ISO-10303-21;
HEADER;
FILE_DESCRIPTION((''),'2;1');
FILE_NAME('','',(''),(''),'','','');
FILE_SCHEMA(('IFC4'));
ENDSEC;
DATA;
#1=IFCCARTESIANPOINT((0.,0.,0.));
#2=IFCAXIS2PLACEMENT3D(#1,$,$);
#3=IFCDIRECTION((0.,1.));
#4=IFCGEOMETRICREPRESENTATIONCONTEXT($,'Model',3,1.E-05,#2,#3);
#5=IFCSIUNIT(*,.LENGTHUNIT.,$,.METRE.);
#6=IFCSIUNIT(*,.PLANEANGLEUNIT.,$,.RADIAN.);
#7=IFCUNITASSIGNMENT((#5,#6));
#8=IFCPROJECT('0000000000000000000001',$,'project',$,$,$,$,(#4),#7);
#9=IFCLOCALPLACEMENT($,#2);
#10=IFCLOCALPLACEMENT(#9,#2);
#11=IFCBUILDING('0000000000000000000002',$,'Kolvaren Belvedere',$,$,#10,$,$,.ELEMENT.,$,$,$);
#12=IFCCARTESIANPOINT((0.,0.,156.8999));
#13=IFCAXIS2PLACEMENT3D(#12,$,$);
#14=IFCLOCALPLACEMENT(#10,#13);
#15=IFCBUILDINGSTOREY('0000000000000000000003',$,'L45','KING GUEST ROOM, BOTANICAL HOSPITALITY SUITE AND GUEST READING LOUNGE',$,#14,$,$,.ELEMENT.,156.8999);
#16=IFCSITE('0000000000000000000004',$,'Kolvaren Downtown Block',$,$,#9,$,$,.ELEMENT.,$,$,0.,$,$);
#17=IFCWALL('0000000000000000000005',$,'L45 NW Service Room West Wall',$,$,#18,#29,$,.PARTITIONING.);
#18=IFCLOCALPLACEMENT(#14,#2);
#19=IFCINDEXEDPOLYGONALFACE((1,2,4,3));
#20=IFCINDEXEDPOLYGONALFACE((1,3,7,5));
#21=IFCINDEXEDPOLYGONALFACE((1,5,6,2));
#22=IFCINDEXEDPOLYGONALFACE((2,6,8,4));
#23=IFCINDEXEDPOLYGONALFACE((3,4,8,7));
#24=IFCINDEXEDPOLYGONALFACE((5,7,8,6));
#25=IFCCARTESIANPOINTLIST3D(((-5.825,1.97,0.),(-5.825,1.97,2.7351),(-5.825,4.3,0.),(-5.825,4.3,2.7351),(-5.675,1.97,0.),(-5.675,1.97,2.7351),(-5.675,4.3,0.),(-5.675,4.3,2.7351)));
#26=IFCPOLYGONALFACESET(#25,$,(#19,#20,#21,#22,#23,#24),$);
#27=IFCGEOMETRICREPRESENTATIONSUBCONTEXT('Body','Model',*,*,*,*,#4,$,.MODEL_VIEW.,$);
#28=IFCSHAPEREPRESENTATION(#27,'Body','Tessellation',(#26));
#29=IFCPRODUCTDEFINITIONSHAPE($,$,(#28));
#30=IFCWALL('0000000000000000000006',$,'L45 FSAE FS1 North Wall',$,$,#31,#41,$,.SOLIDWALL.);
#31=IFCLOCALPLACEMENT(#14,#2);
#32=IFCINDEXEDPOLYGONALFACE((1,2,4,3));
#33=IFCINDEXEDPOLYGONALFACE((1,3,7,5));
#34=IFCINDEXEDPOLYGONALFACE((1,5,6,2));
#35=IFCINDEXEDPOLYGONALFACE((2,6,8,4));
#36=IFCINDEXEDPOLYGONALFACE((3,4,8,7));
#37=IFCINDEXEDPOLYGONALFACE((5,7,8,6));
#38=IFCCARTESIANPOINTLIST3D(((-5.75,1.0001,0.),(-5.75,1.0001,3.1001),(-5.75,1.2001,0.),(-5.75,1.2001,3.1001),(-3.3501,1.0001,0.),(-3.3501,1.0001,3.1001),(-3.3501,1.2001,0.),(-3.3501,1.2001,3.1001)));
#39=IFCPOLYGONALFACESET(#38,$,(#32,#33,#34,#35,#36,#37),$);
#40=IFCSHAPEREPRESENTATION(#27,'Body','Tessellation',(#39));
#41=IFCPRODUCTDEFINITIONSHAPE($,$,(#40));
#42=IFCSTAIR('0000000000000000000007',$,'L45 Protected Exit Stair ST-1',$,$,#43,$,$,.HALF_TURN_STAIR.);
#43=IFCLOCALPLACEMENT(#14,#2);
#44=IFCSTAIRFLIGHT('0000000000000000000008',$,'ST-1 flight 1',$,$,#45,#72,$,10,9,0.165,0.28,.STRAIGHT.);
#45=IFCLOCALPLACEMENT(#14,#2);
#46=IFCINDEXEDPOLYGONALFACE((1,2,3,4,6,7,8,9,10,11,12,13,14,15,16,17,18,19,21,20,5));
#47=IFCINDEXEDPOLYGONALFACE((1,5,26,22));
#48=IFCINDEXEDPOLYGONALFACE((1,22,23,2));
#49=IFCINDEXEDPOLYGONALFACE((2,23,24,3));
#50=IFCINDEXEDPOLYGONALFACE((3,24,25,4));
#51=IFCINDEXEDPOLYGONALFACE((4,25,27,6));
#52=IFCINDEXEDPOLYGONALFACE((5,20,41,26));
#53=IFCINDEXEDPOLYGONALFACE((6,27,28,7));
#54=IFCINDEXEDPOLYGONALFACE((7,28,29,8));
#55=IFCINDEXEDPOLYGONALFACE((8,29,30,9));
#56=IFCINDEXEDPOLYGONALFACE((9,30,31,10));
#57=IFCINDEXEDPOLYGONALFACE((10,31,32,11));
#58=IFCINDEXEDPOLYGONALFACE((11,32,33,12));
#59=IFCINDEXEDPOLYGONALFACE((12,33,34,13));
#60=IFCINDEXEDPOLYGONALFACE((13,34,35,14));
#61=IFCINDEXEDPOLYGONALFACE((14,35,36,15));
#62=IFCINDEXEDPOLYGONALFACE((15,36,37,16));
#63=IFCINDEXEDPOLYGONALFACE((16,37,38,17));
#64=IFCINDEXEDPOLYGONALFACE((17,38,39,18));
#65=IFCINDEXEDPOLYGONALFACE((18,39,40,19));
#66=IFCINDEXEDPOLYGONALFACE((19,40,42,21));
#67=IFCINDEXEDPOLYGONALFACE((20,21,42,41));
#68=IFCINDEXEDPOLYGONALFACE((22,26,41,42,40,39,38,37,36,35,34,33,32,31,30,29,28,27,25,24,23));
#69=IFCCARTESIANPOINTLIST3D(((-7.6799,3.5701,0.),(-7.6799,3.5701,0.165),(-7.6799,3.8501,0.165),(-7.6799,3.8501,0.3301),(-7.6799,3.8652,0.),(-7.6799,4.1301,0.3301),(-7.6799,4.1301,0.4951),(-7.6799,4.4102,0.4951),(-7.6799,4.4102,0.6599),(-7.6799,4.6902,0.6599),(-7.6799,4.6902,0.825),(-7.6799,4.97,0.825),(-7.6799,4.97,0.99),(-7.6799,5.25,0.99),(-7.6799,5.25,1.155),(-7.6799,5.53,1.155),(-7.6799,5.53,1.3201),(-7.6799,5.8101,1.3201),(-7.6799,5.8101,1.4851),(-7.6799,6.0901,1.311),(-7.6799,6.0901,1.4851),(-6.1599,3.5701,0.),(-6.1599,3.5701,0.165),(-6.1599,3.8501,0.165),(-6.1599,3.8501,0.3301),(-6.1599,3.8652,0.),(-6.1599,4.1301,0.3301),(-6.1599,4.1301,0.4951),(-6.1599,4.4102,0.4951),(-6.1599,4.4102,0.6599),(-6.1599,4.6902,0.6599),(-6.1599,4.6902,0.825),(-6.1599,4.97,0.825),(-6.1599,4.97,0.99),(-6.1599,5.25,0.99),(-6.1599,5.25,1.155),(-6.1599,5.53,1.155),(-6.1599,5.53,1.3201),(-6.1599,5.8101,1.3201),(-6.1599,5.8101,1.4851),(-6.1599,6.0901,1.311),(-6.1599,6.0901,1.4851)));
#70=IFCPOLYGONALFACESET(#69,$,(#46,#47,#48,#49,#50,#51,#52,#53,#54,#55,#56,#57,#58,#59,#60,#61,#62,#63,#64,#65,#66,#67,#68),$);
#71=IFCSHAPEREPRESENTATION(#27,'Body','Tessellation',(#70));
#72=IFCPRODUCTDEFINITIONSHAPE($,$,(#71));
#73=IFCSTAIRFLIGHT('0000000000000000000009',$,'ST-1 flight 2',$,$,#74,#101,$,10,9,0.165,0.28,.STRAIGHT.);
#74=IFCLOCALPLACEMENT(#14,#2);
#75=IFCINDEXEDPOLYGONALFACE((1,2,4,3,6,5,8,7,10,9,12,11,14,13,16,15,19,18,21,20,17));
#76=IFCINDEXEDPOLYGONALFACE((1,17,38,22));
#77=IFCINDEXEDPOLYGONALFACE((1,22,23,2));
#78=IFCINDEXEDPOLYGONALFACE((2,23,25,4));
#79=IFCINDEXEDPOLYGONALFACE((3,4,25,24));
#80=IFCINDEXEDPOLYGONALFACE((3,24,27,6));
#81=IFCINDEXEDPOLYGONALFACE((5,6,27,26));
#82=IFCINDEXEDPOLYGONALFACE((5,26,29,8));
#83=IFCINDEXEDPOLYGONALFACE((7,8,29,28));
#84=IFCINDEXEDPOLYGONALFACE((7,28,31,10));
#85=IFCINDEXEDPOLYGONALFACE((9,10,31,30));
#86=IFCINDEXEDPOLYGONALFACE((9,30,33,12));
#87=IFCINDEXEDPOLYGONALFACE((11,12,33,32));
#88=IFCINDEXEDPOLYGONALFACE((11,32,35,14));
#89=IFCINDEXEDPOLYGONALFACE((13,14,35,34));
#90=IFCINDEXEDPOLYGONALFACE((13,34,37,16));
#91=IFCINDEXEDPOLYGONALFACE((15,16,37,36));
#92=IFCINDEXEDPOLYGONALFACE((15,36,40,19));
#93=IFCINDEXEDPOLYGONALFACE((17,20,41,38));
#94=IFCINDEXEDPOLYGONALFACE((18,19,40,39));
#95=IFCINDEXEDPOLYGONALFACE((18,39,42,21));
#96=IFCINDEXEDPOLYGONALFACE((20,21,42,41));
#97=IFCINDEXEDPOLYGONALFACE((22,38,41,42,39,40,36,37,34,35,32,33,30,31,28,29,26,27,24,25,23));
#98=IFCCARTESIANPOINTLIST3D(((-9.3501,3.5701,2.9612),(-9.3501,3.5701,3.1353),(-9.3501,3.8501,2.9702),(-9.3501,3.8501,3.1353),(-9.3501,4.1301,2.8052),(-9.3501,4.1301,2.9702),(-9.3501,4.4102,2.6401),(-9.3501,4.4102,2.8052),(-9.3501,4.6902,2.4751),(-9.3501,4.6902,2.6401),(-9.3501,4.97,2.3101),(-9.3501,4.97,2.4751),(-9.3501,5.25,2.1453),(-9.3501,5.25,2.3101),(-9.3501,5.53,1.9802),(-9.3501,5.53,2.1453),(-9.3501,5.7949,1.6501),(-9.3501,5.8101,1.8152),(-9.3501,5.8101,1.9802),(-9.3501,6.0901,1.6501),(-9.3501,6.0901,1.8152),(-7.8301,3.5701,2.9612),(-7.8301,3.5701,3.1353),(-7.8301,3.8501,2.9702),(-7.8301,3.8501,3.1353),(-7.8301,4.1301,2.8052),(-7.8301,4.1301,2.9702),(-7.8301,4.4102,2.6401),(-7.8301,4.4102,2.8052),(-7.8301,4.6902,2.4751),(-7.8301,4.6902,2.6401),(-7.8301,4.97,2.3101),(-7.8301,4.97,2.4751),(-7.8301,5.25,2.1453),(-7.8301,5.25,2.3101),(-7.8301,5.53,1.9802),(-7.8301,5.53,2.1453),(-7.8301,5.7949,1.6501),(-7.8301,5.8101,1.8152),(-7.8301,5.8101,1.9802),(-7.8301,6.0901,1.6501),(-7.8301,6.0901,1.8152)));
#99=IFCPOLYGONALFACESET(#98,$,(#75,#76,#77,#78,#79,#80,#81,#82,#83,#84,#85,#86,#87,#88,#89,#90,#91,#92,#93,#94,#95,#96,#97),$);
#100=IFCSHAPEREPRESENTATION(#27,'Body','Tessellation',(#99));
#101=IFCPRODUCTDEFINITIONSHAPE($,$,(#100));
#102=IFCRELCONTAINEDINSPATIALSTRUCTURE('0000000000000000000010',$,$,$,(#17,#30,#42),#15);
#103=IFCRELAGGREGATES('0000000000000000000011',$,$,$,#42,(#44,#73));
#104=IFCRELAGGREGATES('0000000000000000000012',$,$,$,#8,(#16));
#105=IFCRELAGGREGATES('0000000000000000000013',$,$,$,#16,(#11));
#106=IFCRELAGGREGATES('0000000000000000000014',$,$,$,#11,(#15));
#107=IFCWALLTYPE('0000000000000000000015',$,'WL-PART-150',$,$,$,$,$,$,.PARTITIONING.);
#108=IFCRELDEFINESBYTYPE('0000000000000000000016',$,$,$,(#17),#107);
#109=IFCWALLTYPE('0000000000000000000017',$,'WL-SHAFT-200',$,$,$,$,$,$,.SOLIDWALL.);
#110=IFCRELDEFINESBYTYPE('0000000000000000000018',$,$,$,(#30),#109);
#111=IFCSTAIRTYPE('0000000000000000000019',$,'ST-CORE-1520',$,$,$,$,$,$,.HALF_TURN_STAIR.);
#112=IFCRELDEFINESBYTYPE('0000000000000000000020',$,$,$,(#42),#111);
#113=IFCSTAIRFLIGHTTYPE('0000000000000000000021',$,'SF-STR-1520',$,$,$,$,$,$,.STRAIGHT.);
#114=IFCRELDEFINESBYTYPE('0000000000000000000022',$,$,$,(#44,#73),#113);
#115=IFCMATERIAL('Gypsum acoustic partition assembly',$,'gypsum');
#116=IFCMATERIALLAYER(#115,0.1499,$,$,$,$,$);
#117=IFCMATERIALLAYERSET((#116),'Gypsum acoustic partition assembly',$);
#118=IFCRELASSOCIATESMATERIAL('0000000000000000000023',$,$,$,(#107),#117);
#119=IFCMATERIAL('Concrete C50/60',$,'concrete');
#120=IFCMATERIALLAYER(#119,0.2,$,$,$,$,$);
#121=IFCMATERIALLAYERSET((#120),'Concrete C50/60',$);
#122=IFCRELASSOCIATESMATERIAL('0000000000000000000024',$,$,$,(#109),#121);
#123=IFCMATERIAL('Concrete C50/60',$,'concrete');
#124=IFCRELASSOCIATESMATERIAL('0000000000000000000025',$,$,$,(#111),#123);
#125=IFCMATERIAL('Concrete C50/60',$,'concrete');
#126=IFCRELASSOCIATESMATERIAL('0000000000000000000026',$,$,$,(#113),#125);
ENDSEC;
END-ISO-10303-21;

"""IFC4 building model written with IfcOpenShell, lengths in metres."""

from ifc_helpers import new_model, si_unit, direction, frame, frame_2d, origin, place, context, subcontext, project, spatial, polyline, rectangle, outline, extrude, material, layer, layer_set, type_object, element, aggregate, save


model = new_model("IFC4")

# Units and contexts
model_context = context("Model", 3, precision=1e-05, world=origin(), true_north=direction((0.0, 1.0)))
body_context = subcontext(model_context, "Body", "Model", "MODEL_VIEW")
ifc_project = project(units=[si_unit("LENGTHUNIT", "METRE"), si_unit("PLANEANGLEUNIT", "RADIAN")], contexts=[model_context])

# Site, building, storey
site_placement = place(None, origin())
site = spatial("IfcSite", under=ifc_project, at=site_placement, Name="Kolvaren Downtown Block", CompositionType="ELEMENT", RefElevation=0.0)
building_placement = place(site_placement, origin())
building = spatial("IfcBuilding", under=site, at=building_placement, Name="Kolvaren Belvedere", CompositionType="ELEMENT")
storey_placement = place(building_placement, frame((0.0, 0.0, 156.8999)))
storey = spatial("IfcBuildingStorey", under=building, at=storey_placement, Name="L45", Description="KING GUEST ROOM, BOTANICAL HOSPITALITY SUITE AND GUEST READING LOUNGE", CompositionType="ELEMENT", Elevation=156.8999)

# Shared definitions
ifc_material_1 = material(Name="Gypsum acoustic partition assembly", Category="gypsum")
ifc_layer_1 = layer(ifc_material_1, 0.1499)
ifc_layer_set_1 = layer_set([ifc_layer_1], Name="Gypsum acoustic partition assembly")
wall_type_1 = type_object("IfcWallType", Name="WL-PART-150", PredefinedType="PARTITIONING", material=ifc_layer_set_1)

# Walls
wall_1_placement = place(storey_placement, frame((-5.75, 1.97, 0.0), z_axis=(0.0, 0.0, 1.0), x_axis=(0.0, 1.0, 0.0)))
element("IfcWall", 1, at=wall_1_placement, inside=storey, type_object=wall_type_1, Name="L45 NW Service Room West Wall", PredefinedType="PARTITIONING", context=body_context, shape_type="SweptSolid", body=[
    extrude(rectangle(XDim=2.3301, YDim=0.1499, at=frame_2d((1.165, 0.0))), origin(), (0.0, 0.0, 1.0), 2.7351),
])
ifc_material_2 = material(Name="Concrete C50/60", Category="concrete")
ifc_layer_2 = layer(ifc_material_2, 0.2)
ifc_layer_set_2 = layer_set([ifc_layer_2], Name="Concrete C50/60")
wall_type_2 = type_object("IfcWallType", Name="WL-SHAFT-200", PredefinedType="SOLIDWALL", material=ifc_layer_set_2)
wall_2_placement = place(storey_placement, frame((-5.75, 1.1001, 0.0), z_axis=(0.0, 0.0, 1.0), x_axis=(1.0, 0.0, 0.0)))
element("IfcWall", 2, at=wall_2_placement, inside=storey, type_object=wall_type_2, Name="L45 FSAE FS1 North Wall", PredefinedType="SOLIDWALL", context=body_context, shape_type="SweptSolid", body=[
    extrude(rectangle(XDim=2.3999, YDim=0.2, at=frame_2d((1.2, 0.0))), origin(), (0.0, 0.0, 1.0), 3.1001),
])

# Stair, stair flights
ifc_material_3 = material(Name="Concrete C50/60", Category="concrete")
stair_type = type_object("IfcStairType", Name="ST-CORE-1520", PredefinedType="HALF_TURN_STAIR", material=ifc_material_3)
stair_placement = place(storey_placement, origin())
stair = element("IfcStair", 3, at=stair_placement, inside=storey, type_object=stair_type, Name="L45 Protected Exit Stair ST-1", PredefinedType="HALF_TURN_STAIR")
ifc_material_4 = material(Name="Concrete C50/60", Category="concrete")
stair_flight_type = type_object("IfcStairFlightType", Name="SF-STR-1520", PredefinedType="STRAIGHT", material=ifc_material_4)
stair_flight_1_placement = place(storey_placement, frame((-6.9199, 3.5701, 0.0), z_axis=(0.0, 0.0, 1.0), x_axis=(0.0, 1.0, 0.0)))
stair_flight_1 = element("IfcStairFlight", 4, at=stair_flight_1_placement, type_object=stair_flight_type, Name="ST-1 flight 1", NumberOfRisers=10, NumberOfTreads=9, PredefinedType="STRAIGHT", RiserHeight=0.165, TreadLength=0.28, context=body_context, shape_type="SweptSolid", body=[
    extrude(outline(polyline([(0.0, 0.0), (0.0, 0.165), (0.28, 0.165), (0.28, 0.3301), (0.5601, 0.3301), (0.5601, 0.4951), (0.8401, 0.4951), (0.8401, 0.6599), (1.1201, 0.6599), (1.1201, 0.825), (1.3999, 0.825), (1.3999, 0.99), (1.6799, 0.99), (1.6799, 1.155), (1.96, 1.155), (1.96, 1.3201), (2.24, 1.3201), (2.24, 1.4851), (2.52, 1.4851), (2.52, 1.6499), (2.52, 1.311), (0.2952, 0.0), (0.0, 0.0)])), frame((0.0, 0.76, 0.0), z_axis=(0.0, -1.0, 0.0), x_axis=(1.0, 0.0, 0.0)), (0.0, 0.0, 1.0), 1.52),
])
stair_flight_2_placement = place(storey_placement, frame((-8.5901, 6.0901, 1.6501), z_axis=(0.0, 0.0, 1.0), x_axis=(0.0, -1.0, 0.0)))
stair_flight_2 = element("IfcStairFlight", 5, at=stair_flight_2_placement, type_object=stair_flight_type, Name="ST-1 flight 2", NumberOfRisers=10, NumberOfTreads=9, PredefinedType="STRAIGHT", RiserHeight=0.165, TreadLength=0.28, context=body_context, shape_type="SweptSolid", body=[
    extrude(outline(polyline([(0.0, 0.0), (0.0, 0.165), (0.28, 0.165), (0.28, 0.3301), (0.5601, 0.3301), (0.5601, 0.4951), (0.8401, 0.4951), (0.8401, 0.6599), (1.1201, 0.6599), (1.1201, 0.825), (1.3999, 0.825), (1.3999, 0.99), (1.6799, 0.99), (1.6799, 1.155), (1.96, 1.155), (1.96, 1.3201), (2.24, 1.3201), (2.24, 1.4851), (2.52, 1.4851), (2.52, 1.6499), (2.52, 1.311), (0.2952, 0.0), (0.0, 0.0)])), frame((0.0, 0.76, 0.0), z_axis=(0.0, -1.0, 0.0), x_axis=(1.0, 0.0, 0.0)), (0.0, 0.0, 1.0), 1.52),
])
aggregate(stair, [stair_flight_1, stair_flight_2])

save(model, "model.ifc")
